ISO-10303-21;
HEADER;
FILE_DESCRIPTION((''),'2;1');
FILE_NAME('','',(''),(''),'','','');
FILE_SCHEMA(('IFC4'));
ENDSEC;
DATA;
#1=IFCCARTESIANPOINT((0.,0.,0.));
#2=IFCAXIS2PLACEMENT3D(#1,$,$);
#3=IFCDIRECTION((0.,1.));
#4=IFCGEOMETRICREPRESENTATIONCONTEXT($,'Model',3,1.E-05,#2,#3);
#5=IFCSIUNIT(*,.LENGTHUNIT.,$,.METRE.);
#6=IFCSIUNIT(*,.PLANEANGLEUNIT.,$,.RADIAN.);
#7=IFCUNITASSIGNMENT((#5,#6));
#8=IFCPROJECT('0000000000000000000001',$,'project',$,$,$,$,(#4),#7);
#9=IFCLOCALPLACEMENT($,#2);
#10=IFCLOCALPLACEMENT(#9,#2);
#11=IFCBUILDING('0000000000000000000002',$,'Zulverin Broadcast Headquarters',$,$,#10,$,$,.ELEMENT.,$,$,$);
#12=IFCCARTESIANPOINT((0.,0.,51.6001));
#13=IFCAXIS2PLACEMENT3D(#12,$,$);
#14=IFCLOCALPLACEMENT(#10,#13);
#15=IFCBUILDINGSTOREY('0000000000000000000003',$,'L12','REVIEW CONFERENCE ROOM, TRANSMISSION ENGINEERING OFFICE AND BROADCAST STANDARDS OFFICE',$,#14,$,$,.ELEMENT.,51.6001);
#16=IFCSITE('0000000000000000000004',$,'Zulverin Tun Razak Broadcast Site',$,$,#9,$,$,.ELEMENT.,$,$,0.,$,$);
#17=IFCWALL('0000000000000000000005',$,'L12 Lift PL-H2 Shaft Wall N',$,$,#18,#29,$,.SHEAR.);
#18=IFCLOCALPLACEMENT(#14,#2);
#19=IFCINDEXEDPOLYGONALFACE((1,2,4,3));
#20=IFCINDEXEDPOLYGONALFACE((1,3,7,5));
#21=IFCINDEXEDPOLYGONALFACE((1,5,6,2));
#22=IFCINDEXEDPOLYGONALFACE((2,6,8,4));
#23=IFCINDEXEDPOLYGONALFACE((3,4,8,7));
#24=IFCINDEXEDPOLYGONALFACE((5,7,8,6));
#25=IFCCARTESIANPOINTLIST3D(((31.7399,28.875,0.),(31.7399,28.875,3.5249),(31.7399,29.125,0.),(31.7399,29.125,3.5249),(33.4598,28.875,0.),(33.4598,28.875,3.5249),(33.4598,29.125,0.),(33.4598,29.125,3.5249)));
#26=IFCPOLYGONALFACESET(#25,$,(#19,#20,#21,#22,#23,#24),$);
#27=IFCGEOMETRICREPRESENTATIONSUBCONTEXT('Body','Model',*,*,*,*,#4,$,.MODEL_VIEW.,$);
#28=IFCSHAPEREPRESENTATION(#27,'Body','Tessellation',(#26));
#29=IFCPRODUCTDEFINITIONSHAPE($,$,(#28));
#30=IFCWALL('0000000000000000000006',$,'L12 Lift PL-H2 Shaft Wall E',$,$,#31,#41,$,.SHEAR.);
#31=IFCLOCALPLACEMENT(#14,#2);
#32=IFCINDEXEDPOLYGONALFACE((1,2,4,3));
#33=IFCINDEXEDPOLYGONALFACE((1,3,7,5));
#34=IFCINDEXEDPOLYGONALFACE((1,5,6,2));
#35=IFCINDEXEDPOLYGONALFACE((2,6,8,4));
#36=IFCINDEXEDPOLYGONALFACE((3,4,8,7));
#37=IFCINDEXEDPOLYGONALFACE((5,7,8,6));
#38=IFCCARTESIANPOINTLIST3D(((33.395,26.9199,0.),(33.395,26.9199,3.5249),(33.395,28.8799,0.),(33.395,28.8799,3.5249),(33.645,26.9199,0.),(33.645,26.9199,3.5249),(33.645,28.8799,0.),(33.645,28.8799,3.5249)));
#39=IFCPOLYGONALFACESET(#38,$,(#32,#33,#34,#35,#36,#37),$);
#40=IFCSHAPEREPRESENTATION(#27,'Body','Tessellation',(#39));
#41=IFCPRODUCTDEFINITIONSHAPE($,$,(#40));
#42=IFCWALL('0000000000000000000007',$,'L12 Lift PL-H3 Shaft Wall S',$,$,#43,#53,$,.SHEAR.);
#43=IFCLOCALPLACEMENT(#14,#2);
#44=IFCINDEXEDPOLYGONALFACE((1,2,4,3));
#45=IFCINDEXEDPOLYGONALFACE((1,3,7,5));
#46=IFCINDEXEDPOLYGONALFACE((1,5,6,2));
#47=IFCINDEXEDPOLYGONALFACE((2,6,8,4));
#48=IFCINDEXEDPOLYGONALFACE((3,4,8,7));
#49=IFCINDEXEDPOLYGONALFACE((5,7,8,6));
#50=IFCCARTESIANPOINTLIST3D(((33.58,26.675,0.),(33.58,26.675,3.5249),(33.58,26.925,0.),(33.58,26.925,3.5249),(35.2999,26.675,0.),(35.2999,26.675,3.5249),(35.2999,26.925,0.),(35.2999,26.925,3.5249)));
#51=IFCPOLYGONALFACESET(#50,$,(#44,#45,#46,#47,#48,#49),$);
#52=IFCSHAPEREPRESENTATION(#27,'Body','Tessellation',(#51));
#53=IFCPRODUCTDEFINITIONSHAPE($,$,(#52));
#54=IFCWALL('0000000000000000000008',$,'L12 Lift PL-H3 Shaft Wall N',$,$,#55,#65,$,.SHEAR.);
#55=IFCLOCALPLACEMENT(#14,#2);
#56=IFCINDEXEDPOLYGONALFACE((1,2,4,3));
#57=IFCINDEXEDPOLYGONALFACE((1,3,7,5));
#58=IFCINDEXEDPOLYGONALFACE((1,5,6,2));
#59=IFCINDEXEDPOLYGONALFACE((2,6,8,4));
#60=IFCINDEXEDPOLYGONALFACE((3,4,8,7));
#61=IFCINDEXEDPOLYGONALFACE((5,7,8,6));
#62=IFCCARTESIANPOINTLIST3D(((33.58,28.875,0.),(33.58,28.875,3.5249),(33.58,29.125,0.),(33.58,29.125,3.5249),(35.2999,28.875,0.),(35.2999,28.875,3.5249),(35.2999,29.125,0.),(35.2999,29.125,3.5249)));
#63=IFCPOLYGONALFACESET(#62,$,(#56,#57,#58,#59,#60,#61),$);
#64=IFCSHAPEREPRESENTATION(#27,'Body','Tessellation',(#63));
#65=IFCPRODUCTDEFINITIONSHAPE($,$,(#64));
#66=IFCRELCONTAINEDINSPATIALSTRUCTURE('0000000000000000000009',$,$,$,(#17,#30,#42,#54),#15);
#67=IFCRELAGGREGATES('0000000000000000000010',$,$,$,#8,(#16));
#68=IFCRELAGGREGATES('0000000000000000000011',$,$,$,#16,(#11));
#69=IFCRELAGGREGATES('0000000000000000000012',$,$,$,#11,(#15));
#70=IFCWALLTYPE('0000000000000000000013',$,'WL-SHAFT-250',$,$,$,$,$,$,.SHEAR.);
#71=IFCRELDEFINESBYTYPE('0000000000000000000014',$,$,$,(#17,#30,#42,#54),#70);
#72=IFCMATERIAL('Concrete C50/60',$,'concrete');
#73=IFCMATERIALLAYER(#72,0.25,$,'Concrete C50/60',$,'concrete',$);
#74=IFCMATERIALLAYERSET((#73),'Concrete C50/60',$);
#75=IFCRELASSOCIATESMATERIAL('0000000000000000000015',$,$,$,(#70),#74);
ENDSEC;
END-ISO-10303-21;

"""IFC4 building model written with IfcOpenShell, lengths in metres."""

from ifc_helpers import new_model, si_unit, direction, frame, frame_2d, origin, place, context, subcontext, project, spatial, rectangle, extrude, material, layer, layer_set, type_object, element, save


model = new_model("IFC4")

# Units and contexts
model_context = context("Model", 3, precision=1e-05, world=origin(), true_north=direction((0.0, 1.0)))
body_context = subcontext(model_context, "Body", "Model", "MODEL_VIEW")
ifc_project = project(units=[si_unit("LENGTHUNIT", "METRE"), si_unit("PLANEANGLEUNIT", "RADIAN")], contexts=[model_context])

# Site, building, storey
site_placement = place(None, origin())
site = spatial("IfcSite", under=ifc_project, at=site_placement, Name="Zulverin Tun Razak Broadcast Site", CompositionType="ELEMENT", RefElevation=0.0)
building_placement = place(site_placement, origin())
building = spatial("IfcBuilding", under=site, at=building_placement, Name="Zulverin Broadcast Headquarters", CompositionType="ELEMENT")
storey_placement = place(building_placement, frame((0.0, 0.0, 51.6001)))
storey = spatial("IfcBuildingStorey", under=building, at=storey_placement, Name="L12", Description="REVIEW CONFERENCE ROOM, TRANSMISSION ENGINEERING OFFICE AND BROADCAST STANDARDS OFFICE", CompositionType="ELEMENT", Elevation=51.6001)

# Walls
ifc_material_1 = material(Name="Concrete C50/60", Category="concrete")
ifc_layer_1 = layer(ifc_material_1, 0.25, Name="Concrete C50/60", Category="concrete")
ifc_layer_set_1 = layer_set([ifc_layer_1], Name="Concrete C50/60")
wall_type_1 = type_object("IfcWallType", Name="WL-SHAFT-250", PredefinedType="SHEAR", material=ifc_layer_set_1)
for number, where, z_axis, x_axis, name in (
    (1, (31.74, 29.0, 0.0), (0.0, 0.0, 1.0), (1.0, 0.0, 0.0), "L12 Lift PL-H2 Shaft Wall N"),
):
    element("IfcWall", number, at=place(storey_placement, frame(where, z_axis=z_axis, x_axis=x_axis)), inside=storey, type_object=wall_type_1, Name=name, PredefinedType="SHEAR", context=body_context, shape_type="SweptSolid", body=[
        extrude(rectangle(XDim=1.72, YDim=0.25, at=frame_2d((0.8599, 0.0))), origin(), (0.0, 0.0, 1.0), 3.5249),
    ])
wall_1_placement = place(storey_placement, frame((33.52, 26.9199, 0.0), z_axis=(0.0, 0.0, 1.0), x_axis=(0.0, 1.0, 0.0)))
element("IfcWall", 2, at=wall_1_placement, inside=storey, type_object=wall_type_1, Name="L12 Lift PL-H2 Shaft Wall E", PredefinedType="SHEAR", context=body_context, shape_type="SweptSolid", body=[
    extrude(rectangle(XDim=1.96, YDim=0.25, at=frame_2d((0.98, 0.0))), origin(), (0.0, 0.0, 1.0), 3.5249),
])
for number, where, z_axis, x_axis, name in (
    (3, (33.5801, 26.8, 0.0), (0.0, 0.0, 1.0), (1.0, 0.0, 0.0), "L12 Lift PL-H3 Shaft Wall S"),
    (4, (33.5801, 29.0, 0.0), (0.0, 0.0, 1.0), (1.0, 0.0, 0.0), "L12 Lift PL-H3 Shaft Wall N"),
):
    element("IfcWall", number, at=place(storey_placement, frame(where, z_axis=z_axis, x_axis=x_axis)), inside=storey, type_object=wall_type_1, Name=name, PredefinedType="SHEAR", context=body_context, shape_type="SweptSolid", body=[
        extrude(rectangle(XDim=1.72, YDim=0.25, at=frame_2d((0.8599, 0.0))), origin(), (0.0, 0.0, 1.0), 3.5249),
    ])

save(model, "model.ifc")
